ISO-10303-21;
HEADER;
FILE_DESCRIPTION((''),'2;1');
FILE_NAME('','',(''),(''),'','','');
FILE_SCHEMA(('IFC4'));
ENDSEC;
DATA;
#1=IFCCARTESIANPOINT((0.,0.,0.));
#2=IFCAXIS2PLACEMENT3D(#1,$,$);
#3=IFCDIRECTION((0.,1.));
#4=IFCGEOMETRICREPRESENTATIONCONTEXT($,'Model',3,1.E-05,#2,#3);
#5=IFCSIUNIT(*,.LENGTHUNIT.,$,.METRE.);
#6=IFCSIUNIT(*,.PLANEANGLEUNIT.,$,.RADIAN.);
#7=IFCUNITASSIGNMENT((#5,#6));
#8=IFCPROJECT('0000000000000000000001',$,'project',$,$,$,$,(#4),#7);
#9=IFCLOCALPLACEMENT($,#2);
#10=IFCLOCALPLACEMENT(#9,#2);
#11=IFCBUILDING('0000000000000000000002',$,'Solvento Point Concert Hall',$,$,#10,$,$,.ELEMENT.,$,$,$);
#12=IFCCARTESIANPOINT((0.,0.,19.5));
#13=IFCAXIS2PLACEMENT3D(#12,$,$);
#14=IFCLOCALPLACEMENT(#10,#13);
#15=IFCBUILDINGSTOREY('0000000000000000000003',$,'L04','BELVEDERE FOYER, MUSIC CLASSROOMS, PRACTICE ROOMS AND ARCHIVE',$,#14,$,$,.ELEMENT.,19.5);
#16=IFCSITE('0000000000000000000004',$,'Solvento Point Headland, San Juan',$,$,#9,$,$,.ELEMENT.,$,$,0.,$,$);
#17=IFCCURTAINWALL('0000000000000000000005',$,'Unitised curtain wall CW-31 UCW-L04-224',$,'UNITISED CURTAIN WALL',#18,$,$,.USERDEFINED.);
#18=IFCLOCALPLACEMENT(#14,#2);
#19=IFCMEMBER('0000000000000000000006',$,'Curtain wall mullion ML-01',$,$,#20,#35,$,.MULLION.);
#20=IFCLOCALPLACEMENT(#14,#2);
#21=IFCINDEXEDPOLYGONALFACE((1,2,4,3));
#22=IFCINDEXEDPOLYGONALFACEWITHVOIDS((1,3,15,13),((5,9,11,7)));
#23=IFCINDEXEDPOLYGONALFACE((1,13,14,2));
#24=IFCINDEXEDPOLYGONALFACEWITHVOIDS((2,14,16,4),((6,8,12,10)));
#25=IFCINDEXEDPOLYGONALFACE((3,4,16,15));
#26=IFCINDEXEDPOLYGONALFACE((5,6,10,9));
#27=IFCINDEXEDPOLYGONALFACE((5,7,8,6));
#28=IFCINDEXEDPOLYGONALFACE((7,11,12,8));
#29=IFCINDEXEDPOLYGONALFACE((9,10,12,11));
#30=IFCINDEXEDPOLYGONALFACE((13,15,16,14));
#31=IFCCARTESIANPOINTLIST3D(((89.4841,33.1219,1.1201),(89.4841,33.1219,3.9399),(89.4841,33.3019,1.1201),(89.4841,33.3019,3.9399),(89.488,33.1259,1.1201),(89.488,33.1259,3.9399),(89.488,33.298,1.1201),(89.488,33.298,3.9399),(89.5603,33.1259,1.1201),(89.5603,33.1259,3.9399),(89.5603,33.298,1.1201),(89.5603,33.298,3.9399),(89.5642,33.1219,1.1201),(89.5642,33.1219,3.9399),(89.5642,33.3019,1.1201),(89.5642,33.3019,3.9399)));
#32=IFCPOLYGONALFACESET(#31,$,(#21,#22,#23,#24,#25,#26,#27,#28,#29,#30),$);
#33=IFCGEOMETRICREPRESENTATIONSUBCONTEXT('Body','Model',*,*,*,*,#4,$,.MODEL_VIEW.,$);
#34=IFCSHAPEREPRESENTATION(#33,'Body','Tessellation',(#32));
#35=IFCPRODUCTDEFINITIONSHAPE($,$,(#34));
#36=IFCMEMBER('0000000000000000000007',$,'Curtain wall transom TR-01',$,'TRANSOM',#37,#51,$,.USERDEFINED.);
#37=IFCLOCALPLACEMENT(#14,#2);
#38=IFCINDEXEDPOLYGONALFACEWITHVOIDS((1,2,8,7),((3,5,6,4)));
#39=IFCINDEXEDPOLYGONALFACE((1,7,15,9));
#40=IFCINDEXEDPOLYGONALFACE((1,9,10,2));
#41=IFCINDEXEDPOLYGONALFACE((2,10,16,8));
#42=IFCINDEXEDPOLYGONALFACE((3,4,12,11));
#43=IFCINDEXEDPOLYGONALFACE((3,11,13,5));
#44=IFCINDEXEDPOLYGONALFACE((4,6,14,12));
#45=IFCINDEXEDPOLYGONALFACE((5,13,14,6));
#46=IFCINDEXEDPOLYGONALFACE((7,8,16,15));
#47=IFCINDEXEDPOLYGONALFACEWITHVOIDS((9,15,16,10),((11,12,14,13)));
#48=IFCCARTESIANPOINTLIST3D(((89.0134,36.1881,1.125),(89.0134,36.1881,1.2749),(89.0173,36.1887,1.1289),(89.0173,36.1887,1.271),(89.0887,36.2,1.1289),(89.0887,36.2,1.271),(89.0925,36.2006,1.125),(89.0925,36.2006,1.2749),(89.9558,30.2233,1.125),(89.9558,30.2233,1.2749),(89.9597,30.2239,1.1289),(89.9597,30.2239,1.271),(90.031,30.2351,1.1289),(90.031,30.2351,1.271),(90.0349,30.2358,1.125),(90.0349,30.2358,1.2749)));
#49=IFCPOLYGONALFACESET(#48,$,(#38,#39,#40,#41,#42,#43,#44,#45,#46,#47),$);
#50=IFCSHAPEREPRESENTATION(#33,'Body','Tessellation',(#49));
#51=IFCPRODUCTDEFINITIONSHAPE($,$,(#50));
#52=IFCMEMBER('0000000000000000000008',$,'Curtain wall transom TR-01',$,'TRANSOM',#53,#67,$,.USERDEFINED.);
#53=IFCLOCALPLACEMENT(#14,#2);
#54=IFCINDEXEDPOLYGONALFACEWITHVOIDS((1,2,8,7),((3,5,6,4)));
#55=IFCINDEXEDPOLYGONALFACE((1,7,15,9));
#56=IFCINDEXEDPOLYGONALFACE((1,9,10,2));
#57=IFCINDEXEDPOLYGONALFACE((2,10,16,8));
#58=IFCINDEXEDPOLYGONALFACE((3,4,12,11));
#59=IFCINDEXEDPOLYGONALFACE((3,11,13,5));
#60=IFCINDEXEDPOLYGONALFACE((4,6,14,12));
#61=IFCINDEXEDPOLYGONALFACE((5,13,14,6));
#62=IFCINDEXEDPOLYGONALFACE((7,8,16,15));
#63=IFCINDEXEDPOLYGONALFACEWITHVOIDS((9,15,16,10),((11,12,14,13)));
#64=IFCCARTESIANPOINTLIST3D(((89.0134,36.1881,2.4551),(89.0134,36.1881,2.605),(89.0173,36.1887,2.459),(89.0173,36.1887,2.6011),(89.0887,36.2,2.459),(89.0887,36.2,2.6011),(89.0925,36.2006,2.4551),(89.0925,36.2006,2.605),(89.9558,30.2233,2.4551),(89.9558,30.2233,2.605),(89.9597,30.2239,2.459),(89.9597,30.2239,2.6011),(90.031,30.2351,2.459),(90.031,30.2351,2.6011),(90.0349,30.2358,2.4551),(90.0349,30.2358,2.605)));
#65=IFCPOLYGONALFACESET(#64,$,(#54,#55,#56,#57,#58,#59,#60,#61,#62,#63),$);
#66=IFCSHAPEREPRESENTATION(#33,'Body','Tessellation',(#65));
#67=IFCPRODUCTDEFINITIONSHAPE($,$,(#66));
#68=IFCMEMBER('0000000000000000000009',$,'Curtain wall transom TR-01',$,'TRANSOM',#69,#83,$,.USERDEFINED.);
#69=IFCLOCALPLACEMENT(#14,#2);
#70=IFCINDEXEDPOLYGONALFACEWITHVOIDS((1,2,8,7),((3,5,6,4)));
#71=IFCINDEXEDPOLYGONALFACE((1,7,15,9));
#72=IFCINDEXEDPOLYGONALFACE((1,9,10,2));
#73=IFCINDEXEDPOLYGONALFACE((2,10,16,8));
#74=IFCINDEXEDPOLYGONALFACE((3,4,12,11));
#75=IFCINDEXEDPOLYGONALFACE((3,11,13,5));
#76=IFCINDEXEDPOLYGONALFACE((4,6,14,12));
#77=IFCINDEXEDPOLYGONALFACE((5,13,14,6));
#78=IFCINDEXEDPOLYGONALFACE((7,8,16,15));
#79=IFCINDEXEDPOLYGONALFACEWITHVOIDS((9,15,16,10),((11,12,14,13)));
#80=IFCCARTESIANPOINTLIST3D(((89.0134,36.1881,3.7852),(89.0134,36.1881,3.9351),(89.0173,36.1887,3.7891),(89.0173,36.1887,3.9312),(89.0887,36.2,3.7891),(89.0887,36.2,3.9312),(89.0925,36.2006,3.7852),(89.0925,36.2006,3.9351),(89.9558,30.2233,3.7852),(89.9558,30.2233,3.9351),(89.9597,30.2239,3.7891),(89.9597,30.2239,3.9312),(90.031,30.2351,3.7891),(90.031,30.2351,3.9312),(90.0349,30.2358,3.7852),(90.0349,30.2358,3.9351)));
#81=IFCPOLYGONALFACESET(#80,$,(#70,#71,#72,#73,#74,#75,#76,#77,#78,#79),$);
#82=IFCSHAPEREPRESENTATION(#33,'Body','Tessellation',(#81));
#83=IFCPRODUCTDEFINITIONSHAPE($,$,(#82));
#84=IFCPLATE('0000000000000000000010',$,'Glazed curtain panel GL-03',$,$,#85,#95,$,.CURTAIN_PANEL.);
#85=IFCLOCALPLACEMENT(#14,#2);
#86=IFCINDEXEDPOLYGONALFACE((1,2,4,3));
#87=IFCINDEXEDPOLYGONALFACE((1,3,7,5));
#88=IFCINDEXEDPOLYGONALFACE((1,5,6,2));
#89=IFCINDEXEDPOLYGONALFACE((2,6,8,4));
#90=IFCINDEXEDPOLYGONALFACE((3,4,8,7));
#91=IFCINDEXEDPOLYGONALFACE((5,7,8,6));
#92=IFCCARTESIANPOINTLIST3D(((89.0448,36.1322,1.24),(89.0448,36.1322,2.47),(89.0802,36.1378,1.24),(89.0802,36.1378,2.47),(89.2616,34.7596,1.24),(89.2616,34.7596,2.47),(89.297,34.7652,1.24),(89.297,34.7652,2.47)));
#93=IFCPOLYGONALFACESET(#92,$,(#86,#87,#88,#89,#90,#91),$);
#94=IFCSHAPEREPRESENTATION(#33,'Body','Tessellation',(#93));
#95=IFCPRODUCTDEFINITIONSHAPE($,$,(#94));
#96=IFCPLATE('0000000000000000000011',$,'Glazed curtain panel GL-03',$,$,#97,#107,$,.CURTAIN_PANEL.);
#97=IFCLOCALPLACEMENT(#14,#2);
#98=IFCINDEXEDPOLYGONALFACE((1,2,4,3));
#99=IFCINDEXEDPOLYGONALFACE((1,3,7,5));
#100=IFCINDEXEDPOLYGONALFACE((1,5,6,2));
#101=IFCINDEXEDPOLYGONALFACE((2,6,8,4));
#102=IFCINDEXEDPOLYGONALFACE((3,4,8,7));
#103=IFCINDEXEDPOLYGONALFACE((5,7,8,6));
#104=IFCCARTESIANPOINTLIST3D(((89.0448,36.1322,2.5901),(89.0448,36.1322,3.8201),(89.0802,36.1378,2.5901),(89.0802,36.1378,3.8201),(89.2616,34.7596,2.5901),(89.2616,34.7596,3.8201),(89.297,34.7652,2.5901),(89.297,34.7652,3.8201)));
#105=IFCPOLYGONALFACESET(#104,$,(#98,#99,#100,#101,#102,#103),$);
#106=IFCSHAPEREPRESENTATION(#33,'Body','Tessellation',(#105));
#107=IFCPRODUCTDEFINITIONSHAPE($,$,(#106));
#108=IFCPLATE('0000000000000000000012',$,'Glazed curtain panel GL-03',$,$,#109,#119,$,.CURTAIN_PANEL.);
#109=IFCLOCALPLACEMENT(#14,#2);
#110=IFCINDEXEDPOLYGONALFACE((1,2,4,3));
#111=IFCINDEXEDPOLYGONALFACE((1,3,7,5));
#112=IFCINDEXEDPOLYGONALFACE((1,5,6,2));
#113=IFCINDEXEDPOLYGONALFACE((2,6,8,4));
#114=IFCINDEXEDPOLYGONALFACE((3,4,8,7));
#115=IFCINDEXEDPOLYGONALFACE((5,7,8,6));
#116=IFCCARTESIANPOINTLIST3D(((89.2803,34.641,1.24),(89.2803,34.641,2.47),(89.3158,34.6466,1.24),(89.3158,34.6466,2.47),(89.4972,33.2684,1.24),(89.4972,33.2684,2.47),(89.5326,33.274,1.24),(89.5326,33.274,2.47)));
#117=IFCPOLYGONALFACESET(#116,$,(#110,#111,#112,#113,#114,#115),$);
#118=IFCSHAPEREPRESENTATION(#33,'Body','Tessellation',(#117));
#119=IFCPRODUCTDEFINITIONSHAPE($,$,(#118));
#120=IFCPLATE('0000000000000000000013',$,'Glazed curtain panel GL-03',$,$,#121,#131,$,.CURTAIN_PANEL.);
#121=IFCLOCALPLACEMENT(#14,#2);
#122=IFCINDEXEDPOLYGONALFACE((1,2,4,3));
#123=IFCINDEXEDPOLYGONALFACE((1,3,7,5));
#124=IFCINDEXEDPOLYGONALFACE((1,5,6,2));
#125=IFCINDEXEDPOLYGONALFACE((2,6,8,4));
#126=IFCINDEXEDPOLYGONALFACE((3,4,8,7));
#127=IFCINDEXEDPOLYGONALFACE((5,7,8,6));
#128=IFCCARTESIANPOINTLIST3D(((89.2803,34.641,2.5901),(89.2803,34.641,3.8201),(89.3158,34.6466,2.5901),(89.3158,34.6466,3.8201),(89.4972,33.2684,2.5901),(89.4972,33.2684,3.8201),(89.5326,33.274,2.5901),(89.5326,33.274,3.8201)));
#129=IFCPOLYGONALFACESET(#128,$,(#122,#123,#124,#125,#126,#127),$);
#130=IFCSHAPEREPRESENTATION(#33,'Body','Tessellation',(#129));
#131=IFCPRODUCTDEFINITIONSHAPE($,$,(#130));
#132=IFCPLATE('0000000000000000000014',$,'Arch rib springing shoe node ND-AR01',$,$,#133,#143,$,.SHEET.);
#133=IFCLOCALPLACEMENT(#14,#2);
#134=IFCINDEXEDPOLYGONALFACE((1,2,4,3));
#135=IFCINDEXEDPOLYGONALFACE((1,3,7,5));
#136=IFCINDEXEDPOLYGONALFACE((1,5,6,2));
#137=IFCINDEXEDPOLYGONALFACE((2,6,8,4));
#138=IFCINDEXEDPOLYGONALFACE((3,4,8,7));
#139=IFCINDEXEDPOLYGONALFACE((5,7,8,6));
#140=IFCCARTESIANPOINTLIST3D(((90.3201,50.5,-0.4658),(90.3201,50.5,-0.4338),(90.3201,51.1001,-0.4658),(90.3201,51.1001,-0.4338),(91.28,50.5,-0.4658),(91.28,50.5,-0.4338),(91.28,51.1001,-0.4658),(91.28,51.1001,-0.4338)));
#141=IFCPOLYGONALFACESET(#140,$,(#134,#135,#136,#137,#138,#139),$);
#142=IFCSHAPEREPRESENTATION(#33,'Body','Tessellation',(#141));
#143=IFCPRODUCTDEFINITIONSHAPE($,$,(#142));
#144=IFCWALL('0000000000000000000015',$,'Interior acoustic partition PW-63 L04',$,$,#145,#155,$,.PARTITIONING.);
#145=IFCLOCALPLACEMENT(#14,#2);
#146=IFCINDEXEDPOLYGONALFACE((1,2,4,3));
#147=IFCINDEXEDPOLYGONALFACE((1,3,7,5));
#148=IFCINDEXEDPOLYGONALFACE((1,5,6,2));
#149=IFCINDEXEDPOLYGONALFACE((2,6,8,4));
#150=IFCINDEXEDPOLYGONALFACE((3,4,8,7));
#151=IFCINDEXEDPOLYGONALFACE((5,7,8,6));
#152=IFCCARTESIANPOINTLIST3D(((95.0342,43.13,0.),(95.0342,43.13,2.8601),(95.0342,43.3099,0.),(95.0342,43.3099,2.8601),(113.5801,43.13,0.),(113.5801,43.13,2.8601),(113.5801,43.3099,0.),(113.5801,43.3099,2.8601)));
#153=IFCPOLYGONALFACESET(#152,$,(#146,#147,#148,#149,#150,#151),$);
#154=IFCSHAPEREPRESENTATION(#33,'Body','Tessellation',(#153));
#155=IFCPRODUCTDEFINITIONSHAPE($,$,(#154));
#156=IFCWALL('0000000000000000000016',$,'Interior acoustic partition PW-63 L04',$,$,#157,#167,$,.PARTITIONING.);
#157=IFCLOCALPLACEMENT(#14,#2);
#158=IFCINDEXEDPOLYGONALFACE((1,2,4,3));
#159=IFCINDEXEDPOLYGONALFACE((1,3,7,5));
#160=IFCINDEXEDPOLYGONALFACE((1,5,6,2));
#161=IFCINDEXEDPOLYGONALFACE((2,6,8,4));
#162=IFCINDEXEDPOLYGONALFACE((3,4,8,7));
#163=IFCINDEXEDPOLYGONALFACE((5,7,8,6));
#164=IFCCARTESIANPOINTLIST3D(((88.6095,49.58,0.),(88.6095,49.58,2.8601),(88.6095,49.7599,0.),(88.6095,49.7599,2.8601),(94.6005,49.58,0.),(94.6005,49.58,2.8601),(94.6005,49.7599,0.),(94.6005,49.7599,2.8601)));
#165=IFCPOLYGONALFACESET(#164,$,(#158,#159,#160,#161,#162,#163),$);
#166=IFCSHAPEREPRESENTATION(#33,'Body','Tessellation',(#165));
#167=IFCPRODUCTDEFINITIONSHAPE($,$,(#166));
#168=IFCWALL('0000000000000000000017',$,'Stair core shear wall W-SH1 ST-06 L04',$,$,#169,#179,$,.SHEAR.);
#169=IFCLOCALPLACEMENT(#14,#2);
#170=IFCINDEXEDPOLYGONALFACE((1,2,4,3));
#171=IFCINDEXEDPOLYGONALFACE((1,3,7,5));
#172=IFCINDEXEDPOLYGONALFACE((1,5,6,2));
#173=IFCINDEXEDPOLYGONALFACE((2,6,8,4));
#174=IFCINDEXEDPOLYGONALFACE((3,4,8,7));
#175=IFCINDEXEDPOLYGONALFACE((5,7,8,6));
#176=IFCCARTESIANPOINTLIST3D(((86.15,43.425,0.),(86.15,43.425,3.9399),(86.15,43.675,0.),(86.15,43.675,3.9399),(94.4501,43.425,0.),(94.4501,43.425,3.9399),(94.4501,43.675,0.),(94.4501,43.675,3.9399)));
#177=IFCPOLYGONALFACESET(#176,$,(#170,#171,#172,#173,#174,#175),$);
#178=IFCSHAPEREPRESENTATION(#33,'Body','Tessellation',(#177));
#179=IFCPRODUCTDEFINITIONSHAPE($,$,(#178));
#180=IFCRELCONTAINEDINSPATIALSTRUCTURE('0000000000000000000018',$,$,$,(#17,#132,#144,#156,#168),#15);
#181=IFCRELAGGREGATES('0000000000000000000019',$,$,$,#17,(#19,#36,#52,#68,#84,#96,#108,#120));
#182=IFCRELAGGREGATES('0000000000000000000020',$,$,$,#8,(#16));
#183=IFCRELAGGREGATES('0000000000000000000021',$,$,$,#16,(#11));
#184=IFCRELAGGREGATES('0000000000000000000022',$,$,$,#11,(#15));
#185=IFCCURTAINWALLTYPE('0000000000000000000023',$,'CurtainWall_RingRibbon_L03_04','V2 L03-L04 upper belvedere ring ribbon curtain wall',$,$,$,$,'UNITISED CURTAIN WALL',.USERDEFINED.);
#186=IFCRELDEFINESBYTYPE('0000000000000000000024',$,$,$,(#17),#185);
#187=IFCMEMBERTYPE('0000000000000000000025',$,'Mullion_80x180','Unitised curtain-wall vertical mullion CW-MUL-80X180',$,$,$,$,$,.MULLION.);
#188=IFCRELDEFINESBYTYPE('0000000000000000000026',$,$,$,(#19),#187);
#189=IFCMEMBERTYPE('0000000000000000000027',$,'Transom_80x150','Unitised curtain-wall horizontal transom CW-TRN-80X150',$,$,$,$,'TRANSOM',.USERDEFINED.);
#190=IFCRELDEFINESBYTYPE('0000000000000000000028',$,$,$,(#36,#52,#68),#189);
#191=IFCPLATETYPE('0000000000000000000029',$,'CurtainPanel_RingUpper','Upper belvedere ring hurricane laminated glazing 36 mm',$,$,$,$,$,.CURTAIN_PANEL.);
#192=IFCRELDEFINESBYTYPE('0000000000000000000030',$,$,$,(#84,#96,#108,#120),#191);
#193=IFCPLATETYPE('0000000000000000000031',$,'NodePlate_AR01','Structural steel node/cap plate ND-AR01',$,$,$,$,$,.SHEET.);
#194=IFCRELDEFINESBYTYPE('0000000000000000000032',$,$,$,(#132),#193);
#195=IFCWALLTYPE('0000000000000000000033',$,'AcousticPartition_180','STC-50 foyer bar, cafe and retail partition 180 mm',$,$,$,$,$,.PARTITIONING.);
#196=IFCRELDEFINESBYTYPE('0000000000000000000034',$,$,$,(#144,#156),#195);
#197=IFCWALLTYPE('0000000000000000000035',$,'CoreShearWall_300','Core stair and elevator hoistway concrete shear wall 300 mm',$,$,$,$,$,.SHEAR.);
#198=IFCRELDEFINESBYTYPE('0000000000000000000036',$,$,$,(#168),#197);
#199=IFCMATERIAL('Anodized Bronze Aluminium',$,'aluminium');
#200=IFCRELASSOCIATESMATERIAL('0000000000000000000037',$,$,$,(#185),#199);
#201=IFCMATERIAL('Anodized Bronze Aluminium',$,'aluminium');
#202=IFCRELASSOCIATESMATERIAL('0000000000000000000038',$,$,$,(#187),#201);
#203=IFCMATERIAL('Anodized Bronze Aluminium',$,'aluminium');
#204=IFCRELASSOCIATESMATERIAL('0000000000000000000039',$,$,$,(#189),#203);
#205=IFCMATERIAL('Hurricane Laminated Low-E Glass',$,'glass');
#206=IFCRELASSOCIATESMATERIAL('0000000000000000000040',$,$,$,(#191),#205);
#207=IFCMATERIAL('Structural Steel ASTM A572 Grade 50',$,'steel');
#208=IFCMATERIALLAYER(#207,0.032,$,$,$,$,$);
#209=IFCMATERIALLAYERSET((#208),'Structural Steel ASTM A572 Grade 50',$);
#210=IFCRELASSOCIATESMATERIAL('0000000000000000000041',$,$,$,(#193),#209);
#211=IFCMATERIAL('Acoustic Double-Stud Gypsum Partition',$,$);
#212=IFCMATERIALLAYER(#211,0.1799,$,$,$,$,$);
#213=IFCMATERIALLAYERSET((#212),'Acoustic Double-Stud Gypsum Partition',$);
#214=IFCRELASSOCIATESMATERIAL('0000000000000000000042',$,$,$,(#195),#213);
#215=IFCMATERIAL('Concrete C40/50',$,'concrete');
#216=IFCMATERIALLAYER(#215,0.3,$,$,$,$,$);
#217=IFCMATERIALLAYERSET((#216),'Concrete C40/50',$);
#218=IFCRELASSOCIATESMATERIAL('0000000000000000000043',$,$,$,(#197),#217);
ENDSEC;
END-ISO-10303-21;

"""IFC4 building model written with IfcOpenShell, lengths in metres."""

from ifc_helpers import new_model, si_unit, direction, frame, frame_2d, origin, origin_2d, place, context, subcontext, project, spatial, rectangle, hollow_rectangle, extrude, material, layer, layer_set, material_profile, profile_set, type_object, element, aggregate, save


model = new_model("IFC4")

# Units and contexts
model_context = context("Model", 3, precision=1e-05, world=origin(), true_north=direction((0.0, 1.0)))
body_context = subcontext(model_context, "Body", "Model", "MODEL_VIEW")
ifc_project = project(units=[si_unit("LENGTHUNIT", "METRE"), si_unit("PLANEANGLEUNIT", "RADIAN")], contexts=[model_context])

# Site, building, storey
site_placement = place(None, origin())
site = spatial("IfcSite", under=ifc_project, at=site_placement, Name="Solvento Point Headland, San Juan", CompositionType="ELEMENT", RefElevation=0.0)
building_placement = place(site_placement, origin())
building = spatial("IfcBuilding", under=site, at=building_placement, Name="Solvento Point Concert Hall", CompositionType="ELEMENT")
storey_placement = place(building_placement, frame((0.0, 0.0, 19.5)))
storey = spatial("IfcBuildingStorey", under=building, at=storey_placement, Name="L04", Description="BELVEDERE FOYER, MUSIC CLASSROOMS, PRACTICE ROOMS AND ARCHIVE", CompositionType="ELEMENT", Elevation=19.5)

# Curtain wall, members, plates
ifc_material_1 = material(Name="Anodized Bronze Aluminium", Category="aluminium")
curtain_wall_type = type_object("IfcCurtainWallType", Name="CurtainWall_RingRibbon_L03_04", Description="V2 L03-L04 upper belvedere ring ribbon curtain wall", ElementType="UNITISED CURTAIN WALL", PredefinedType="USERDEFINED", material=ifc_material_1)
curtain_wall_placement = place(storey_placement, origin())
curtain_wall = element("IfcCurtainWall", 1, at=curtain_wall_placement, inside=storey, type_object=curtain_wall_type, Name="Unitised curtain wall CW-31 UCW-L04-224", ObjectType="UNITISED CURTAIN WALL", PredefinedType="USERDEFINED")
ifc_material_2 = material(Name="Anodized Bronze Aluminium", Category="aluminium")
ifc_material_profile_1 = material_profile(ifc_material_2, hollow_rectangle(XDim=0.0801, YDim=0.1799, WallThickness=0.0039, at=origin_2d()), Name="CW-MUL-80X180")
ifc_profile_set_1 = profile_set([ifc_material_profile_1], Name="Anodized Bronze Aluminium")
member_type_1 = type_object("IfcMemberType", Name="Mullion_80x180", Description="Unitised curtain-wall vertical mullion CW-MUL-80X180", PredefinedType="MULLION", material=ifc_profile_set_1)
member_1_placement = place(storey_placement, frame((89.5242, 33.2119, 1.1201), z_axis=(0.0, 0.0, 1.0), x_axis=(1.0, 0.0, 0.0)))
member_1 = element("IfcMember", 2, at=member_1_placement, type_object=member_type_1, Name="Curtain wall mullion ML-01", PredefinedType="MULLION", context=body_context, shape_type="SweptSolid", body=[
    extrude(hollow_rectangle(XDim=0.0801, YDim=0.1799, WallThickness=0.0039, at=origin_2d()), origin(), (0.0, 0.0, 1.0), 2.8198),
])
ifc_material_3 = material(Name="Anodized Bronze Aluminium", Category="aluminium")
ifc_material_profile_2 = material_profile(ifc_material_3, hollow_rectangle(XDim=0.0801, YDim=0.1499, WallThickness=0.0039, at=origin_2d()), Name="CW-TRN-80X150")
ifc_profile_set_2 = profile_set([ifc_material_profile_2], Name="Anodized Bronze Aluminium")
member_type_2 = type_object("IfcMemberType", Name="Transom_80x150", Description="Unitised curtain-wall horizontal transom CW-TRN-80X150", ElementType="TRANSOM", PredefinedType="USERDEFINED", material=ifc_profile_set_2)
member_2_placement = place(storey_placement, frame((89.053, 36.1943, 1.2), z_axis=(0.156054, -0.987749, 0.0), x_axis=(0.987749, 0.156054, 0.0)))
member_2 = element("IfcMember", 3, at=member_2_placement, type_object=member_type_2, Name="Curtain wall transom TR-01", ObjectType="TRANSOM", PredefinedType="USERDEFINED", context=body_context, shape_type="SweptSolid", body=[
    extrude(hollow_rectangle(XDim=0.0801, YDim=0.1499, WallThickness=0.0039, at=origin_2d()), origin(), (0.0, 0.0, 1.0), 6.0388),
])
member_3_placement = place(storey_placement, frame((89.053, 36.1943, 2.53), z_axis=(0.156054, -0.987749, 0.0), x_axis=(0.987749, 0.156054, 0.0)))
member_3 = element("IfcMember", 4, at=member_3_placement, type_object=member_type_2, Name="Curtain wall transom TR-01", ObjectType="TRANSOM", PredefinedType="USERDEFINED", context=body_context, shape_type="SweptSolid", body=[
    extrude(hollow_rectangle(XDim=0.0801, YDim=0.1499, WallThickness=0.0039, at=origin_2d()), origin(), (0.0, 0.0, 1.0), 6.0388),
])
member_4_placement = place(storey_placement, frame((89.053, 36.1943, 3.8601), z_axis=(0.156054, -0.987749, 0.0), x_axis=(0.987749, 0.156054, 0.0)))
member_4 = element("IfcMember", 5, at=member_4_placement, type_object=member_type_2, Name="Curtain wall transom TR-01", ObjectType="TRANSOM", PredefinedType="USERDEFINED", context=body_context, shape_type="SweptSolid", body=[
    extrude(hollow_rectangle(XDim=0.0801, YDim=0.1499, WallThickness=0.0039, at=origin_2d()), origin(), (0.0, 0.0, 1.0), 6.0388),
])
ifc_material_4 = material(Name="Hurricane Laminated Low-E Glass", Category="glass")
plate_type_1 = type_object("IfcPlateType", Name="CurtainPanel_RingUpper", Description="Upper belvedere ring hurricane laminated glazing 36 mm", PredefinedType="CURTAIN_PANEL", material=ifc_material_4)
plate_1_placement = place(storey_placement, frame((89.1709, 35.4487, 1.24), z_axis=(0.0, 0.0, 1.0), x_axis=(0.156041, -0.987751, 0.0)))
plate_1 = element("IfcPlate", 6, at=plate_1_placement, type_object=plate_type_1, Name="Glazed curtain panel GL-03", PredefinedType="CURTAIN_PANEL", context=body_context, shape_type="SweptSolid", body=[
    extrude(rectangle(XDim=1.3896, YDim=0.0359, at=origin_2d()), origin(), (0.0, 0.0, 1.0), 1.23),
])
plate_2_placement = place(storey_placement, frame((89.1709, 35.4487, 2.5901), z_axis=(0.0, 0.0, 1.0), x_axis=(0.156041, -0.987751, 0.0)))
plate_2 = element("IfcPlate", 7, at=plate_2_placement, type_object=plate_type_1, Name="Glazed curtain panel GL-03", PredefinedType="CURTAIN_PANEL", context=body_context, shape_type="SweptSolid", body=[
    extrude(rectangle(XDim=1.3896, YDim=0.0359, at=origin_2d()), origin(), (0.0, 0.0, 1.0), 1.23),
])
plate_3_placement = place(storey_placement, frame((89.4065, 33.9575, 1.24), z_axis=(0.0, 0.0, 1.0), x_axis=(0.156041, -0.987751, 0.0)))
plate_3 = element("IfcPlate", 8, at=plate_3_placement, type_object=plate_type_1, Name="Glazed curtain panel GL-03", PredefinedType="CURTAIN_PANEL", context=body_context, shape_type="SweptSolid", body=[
    extrude(rectangle(XDim=1.3896, YDim=0.0359, at=origin_2d()), origin(), (0.0, 0.0, 1.0), 1.23),
])
plate_4_placement = place(storey_placement, frame((89.4065, 33.9575, 2.5901), z_axis=(0.0, 0.0, 1.0), x_axis=(0.156041, -0.987751, 0.0)))
plate_4 = element("IfcPlate", 9, at=plate_4_placement, type_object=plate_type_1, Name="Glazed curtain panel GL-03", PredefinedType="CURTAIN_PANEL", context=body_context, shape_type="SweptSolid", body=[
    extrude(rectangle(XDim=1.3896, YDim=0.0359, at=origin_2d()), origin(), (0.0, 0.0, 1.0), 1.23),
])
aggregate(curtain_wall, [member_1, member_2, member_3, member_4, plate_1, plate_2, plate_3, plate_4])

# Plate
ifc_material_5 = material(Name="Structural Steel ASTM A572 Grade 50", Category="steel")
ifc_layer_1 = layer(ifc_material_5, 0.032)
ifc_layer_set_1 = layer_set([ifc_layer_1], Name="Structural Steel ASTM A572 Grade 50")
plate_type_2 = type_object("IfcPlateType", Name="NodePlate_AR01", Description="Structural steel node/cap plate ND-AR01", PredefinedType="SHEET", material=ifc_layer_set_1)
plate_5_placement = place(storey_placement, frame((90.8, 50.8, -0.4658), z_axis=(0.0, 0.0, 1.0), x_axis=(1.0, 0.0, 0.0)))
element("IfcPlate", 10, at=plate_5_placement, inside=storey, type_object=plate_type_2, Name="Arch rib springing shoe node ND-AR01", PredefinedType="SHEET", context=body_context, shape_type="SweptSolid", body=[
    extrude(rectangle(XDim=0.96, YDim=0.6001, at=origin_2d()), origin(), (0.0, 0.0, 1.0), 0.032),
])

# Walls
ifc_material_6 = material(Name="Acoustic Double-Stud Gypsum Partition")
ifc_layer_2 = layer(ifc_material_6, 0.1799)
ifc_layer_set_2 = layer_set([ifc_layer_2], Name="Acoustic Double-Stud Gypsum Partition")
wall_type_1 = type_object("IfcWallType", Name="AcousticPartition_180", Description="STC-50 foyer bar, cafe and retail partition 180 mm", PredefinedType="PARTITIONING", material=ifc_layer_set_2)
wall_1_placement = place(storey_placement, frame((113.5801, 43.22, 0.0), z_axis=(0.0, 0.0, 1.0), x_axis=(-1.0, 0.0, 0.0)))
element("IfcWall", 11, at=wall_1_placement, inside=storey, type_object=wall_type_1, Name="Interior acoustic partition PW-63 L04", PredefinedType="PARTITIONING", context=body_context, shape_type="SweptSolid", body=[
    extrude(rectangle(XDim=18.5459, YDim=0.1799, at=frame_2d((9.2729, 0.0))), origin(), (0.0, 0.0, 1.0), 2.8601),
])
wall_2_placement = place(storey_placement, frame((94.6006, 49.6699, 0.0), z_axis=(0.0, 0.0, 1.0), x_axis=(-1.0, 0.0, 0.0)))
element("IfcWall", 12, at=wall_2_placement, inside=storey, type_object=wall_type_1, Name="Interior acoustic partition PW-63 L04", PredefinedType="PARTITIONING", context=body_context, shape_type="SweptSolid", body=[
    extrude(rectangle(XDim=5.991, YDim=0.1799, at=frame_2d((2.9956, 0.0))), origin(), (0.0, 0.0, 1.0), 2.8601),
])
ifc_material_7 = material(Name="Concrete C40/50", Category="concrete")
ifc_layer_3 = layer(ifc_material_7, 0.3)
ifc_layer_set_3 = layer_set([ifc_layer_3], Name="Concrete C40/50")
wall_type_2 = type_object("IfcWallType", Name="CoreShearWall_300", Description="Core stair and elevator hoistway concrete shear wall 300 mm", PredefinedType="SHEAR", material=ifc_layer_set_3)
wall_3_placement = place(storey_placement, frame((94.45, 43.55, 0.0), z_axis=(0.0, 0.0, 1.0), x_axis=(-1.0, 0.0, 0.0)))
element("IfcWall", 13, at=wall_3_placement, inside=storey, type_object=wall_type_2, Name="Stair core shear wall W-SH1 ST-06 L04", PredefinedType="SHEAR", context=body_context, shape_type="SweptSolid", body=[
    extrude(rectangle(XDim=8.3, YDim=0.25, at=frame_2d((4.1499, 0.0))), origin(), (0.0, 0.0, 1.0), 3.9399),
])

save(model, "model.ifc")
